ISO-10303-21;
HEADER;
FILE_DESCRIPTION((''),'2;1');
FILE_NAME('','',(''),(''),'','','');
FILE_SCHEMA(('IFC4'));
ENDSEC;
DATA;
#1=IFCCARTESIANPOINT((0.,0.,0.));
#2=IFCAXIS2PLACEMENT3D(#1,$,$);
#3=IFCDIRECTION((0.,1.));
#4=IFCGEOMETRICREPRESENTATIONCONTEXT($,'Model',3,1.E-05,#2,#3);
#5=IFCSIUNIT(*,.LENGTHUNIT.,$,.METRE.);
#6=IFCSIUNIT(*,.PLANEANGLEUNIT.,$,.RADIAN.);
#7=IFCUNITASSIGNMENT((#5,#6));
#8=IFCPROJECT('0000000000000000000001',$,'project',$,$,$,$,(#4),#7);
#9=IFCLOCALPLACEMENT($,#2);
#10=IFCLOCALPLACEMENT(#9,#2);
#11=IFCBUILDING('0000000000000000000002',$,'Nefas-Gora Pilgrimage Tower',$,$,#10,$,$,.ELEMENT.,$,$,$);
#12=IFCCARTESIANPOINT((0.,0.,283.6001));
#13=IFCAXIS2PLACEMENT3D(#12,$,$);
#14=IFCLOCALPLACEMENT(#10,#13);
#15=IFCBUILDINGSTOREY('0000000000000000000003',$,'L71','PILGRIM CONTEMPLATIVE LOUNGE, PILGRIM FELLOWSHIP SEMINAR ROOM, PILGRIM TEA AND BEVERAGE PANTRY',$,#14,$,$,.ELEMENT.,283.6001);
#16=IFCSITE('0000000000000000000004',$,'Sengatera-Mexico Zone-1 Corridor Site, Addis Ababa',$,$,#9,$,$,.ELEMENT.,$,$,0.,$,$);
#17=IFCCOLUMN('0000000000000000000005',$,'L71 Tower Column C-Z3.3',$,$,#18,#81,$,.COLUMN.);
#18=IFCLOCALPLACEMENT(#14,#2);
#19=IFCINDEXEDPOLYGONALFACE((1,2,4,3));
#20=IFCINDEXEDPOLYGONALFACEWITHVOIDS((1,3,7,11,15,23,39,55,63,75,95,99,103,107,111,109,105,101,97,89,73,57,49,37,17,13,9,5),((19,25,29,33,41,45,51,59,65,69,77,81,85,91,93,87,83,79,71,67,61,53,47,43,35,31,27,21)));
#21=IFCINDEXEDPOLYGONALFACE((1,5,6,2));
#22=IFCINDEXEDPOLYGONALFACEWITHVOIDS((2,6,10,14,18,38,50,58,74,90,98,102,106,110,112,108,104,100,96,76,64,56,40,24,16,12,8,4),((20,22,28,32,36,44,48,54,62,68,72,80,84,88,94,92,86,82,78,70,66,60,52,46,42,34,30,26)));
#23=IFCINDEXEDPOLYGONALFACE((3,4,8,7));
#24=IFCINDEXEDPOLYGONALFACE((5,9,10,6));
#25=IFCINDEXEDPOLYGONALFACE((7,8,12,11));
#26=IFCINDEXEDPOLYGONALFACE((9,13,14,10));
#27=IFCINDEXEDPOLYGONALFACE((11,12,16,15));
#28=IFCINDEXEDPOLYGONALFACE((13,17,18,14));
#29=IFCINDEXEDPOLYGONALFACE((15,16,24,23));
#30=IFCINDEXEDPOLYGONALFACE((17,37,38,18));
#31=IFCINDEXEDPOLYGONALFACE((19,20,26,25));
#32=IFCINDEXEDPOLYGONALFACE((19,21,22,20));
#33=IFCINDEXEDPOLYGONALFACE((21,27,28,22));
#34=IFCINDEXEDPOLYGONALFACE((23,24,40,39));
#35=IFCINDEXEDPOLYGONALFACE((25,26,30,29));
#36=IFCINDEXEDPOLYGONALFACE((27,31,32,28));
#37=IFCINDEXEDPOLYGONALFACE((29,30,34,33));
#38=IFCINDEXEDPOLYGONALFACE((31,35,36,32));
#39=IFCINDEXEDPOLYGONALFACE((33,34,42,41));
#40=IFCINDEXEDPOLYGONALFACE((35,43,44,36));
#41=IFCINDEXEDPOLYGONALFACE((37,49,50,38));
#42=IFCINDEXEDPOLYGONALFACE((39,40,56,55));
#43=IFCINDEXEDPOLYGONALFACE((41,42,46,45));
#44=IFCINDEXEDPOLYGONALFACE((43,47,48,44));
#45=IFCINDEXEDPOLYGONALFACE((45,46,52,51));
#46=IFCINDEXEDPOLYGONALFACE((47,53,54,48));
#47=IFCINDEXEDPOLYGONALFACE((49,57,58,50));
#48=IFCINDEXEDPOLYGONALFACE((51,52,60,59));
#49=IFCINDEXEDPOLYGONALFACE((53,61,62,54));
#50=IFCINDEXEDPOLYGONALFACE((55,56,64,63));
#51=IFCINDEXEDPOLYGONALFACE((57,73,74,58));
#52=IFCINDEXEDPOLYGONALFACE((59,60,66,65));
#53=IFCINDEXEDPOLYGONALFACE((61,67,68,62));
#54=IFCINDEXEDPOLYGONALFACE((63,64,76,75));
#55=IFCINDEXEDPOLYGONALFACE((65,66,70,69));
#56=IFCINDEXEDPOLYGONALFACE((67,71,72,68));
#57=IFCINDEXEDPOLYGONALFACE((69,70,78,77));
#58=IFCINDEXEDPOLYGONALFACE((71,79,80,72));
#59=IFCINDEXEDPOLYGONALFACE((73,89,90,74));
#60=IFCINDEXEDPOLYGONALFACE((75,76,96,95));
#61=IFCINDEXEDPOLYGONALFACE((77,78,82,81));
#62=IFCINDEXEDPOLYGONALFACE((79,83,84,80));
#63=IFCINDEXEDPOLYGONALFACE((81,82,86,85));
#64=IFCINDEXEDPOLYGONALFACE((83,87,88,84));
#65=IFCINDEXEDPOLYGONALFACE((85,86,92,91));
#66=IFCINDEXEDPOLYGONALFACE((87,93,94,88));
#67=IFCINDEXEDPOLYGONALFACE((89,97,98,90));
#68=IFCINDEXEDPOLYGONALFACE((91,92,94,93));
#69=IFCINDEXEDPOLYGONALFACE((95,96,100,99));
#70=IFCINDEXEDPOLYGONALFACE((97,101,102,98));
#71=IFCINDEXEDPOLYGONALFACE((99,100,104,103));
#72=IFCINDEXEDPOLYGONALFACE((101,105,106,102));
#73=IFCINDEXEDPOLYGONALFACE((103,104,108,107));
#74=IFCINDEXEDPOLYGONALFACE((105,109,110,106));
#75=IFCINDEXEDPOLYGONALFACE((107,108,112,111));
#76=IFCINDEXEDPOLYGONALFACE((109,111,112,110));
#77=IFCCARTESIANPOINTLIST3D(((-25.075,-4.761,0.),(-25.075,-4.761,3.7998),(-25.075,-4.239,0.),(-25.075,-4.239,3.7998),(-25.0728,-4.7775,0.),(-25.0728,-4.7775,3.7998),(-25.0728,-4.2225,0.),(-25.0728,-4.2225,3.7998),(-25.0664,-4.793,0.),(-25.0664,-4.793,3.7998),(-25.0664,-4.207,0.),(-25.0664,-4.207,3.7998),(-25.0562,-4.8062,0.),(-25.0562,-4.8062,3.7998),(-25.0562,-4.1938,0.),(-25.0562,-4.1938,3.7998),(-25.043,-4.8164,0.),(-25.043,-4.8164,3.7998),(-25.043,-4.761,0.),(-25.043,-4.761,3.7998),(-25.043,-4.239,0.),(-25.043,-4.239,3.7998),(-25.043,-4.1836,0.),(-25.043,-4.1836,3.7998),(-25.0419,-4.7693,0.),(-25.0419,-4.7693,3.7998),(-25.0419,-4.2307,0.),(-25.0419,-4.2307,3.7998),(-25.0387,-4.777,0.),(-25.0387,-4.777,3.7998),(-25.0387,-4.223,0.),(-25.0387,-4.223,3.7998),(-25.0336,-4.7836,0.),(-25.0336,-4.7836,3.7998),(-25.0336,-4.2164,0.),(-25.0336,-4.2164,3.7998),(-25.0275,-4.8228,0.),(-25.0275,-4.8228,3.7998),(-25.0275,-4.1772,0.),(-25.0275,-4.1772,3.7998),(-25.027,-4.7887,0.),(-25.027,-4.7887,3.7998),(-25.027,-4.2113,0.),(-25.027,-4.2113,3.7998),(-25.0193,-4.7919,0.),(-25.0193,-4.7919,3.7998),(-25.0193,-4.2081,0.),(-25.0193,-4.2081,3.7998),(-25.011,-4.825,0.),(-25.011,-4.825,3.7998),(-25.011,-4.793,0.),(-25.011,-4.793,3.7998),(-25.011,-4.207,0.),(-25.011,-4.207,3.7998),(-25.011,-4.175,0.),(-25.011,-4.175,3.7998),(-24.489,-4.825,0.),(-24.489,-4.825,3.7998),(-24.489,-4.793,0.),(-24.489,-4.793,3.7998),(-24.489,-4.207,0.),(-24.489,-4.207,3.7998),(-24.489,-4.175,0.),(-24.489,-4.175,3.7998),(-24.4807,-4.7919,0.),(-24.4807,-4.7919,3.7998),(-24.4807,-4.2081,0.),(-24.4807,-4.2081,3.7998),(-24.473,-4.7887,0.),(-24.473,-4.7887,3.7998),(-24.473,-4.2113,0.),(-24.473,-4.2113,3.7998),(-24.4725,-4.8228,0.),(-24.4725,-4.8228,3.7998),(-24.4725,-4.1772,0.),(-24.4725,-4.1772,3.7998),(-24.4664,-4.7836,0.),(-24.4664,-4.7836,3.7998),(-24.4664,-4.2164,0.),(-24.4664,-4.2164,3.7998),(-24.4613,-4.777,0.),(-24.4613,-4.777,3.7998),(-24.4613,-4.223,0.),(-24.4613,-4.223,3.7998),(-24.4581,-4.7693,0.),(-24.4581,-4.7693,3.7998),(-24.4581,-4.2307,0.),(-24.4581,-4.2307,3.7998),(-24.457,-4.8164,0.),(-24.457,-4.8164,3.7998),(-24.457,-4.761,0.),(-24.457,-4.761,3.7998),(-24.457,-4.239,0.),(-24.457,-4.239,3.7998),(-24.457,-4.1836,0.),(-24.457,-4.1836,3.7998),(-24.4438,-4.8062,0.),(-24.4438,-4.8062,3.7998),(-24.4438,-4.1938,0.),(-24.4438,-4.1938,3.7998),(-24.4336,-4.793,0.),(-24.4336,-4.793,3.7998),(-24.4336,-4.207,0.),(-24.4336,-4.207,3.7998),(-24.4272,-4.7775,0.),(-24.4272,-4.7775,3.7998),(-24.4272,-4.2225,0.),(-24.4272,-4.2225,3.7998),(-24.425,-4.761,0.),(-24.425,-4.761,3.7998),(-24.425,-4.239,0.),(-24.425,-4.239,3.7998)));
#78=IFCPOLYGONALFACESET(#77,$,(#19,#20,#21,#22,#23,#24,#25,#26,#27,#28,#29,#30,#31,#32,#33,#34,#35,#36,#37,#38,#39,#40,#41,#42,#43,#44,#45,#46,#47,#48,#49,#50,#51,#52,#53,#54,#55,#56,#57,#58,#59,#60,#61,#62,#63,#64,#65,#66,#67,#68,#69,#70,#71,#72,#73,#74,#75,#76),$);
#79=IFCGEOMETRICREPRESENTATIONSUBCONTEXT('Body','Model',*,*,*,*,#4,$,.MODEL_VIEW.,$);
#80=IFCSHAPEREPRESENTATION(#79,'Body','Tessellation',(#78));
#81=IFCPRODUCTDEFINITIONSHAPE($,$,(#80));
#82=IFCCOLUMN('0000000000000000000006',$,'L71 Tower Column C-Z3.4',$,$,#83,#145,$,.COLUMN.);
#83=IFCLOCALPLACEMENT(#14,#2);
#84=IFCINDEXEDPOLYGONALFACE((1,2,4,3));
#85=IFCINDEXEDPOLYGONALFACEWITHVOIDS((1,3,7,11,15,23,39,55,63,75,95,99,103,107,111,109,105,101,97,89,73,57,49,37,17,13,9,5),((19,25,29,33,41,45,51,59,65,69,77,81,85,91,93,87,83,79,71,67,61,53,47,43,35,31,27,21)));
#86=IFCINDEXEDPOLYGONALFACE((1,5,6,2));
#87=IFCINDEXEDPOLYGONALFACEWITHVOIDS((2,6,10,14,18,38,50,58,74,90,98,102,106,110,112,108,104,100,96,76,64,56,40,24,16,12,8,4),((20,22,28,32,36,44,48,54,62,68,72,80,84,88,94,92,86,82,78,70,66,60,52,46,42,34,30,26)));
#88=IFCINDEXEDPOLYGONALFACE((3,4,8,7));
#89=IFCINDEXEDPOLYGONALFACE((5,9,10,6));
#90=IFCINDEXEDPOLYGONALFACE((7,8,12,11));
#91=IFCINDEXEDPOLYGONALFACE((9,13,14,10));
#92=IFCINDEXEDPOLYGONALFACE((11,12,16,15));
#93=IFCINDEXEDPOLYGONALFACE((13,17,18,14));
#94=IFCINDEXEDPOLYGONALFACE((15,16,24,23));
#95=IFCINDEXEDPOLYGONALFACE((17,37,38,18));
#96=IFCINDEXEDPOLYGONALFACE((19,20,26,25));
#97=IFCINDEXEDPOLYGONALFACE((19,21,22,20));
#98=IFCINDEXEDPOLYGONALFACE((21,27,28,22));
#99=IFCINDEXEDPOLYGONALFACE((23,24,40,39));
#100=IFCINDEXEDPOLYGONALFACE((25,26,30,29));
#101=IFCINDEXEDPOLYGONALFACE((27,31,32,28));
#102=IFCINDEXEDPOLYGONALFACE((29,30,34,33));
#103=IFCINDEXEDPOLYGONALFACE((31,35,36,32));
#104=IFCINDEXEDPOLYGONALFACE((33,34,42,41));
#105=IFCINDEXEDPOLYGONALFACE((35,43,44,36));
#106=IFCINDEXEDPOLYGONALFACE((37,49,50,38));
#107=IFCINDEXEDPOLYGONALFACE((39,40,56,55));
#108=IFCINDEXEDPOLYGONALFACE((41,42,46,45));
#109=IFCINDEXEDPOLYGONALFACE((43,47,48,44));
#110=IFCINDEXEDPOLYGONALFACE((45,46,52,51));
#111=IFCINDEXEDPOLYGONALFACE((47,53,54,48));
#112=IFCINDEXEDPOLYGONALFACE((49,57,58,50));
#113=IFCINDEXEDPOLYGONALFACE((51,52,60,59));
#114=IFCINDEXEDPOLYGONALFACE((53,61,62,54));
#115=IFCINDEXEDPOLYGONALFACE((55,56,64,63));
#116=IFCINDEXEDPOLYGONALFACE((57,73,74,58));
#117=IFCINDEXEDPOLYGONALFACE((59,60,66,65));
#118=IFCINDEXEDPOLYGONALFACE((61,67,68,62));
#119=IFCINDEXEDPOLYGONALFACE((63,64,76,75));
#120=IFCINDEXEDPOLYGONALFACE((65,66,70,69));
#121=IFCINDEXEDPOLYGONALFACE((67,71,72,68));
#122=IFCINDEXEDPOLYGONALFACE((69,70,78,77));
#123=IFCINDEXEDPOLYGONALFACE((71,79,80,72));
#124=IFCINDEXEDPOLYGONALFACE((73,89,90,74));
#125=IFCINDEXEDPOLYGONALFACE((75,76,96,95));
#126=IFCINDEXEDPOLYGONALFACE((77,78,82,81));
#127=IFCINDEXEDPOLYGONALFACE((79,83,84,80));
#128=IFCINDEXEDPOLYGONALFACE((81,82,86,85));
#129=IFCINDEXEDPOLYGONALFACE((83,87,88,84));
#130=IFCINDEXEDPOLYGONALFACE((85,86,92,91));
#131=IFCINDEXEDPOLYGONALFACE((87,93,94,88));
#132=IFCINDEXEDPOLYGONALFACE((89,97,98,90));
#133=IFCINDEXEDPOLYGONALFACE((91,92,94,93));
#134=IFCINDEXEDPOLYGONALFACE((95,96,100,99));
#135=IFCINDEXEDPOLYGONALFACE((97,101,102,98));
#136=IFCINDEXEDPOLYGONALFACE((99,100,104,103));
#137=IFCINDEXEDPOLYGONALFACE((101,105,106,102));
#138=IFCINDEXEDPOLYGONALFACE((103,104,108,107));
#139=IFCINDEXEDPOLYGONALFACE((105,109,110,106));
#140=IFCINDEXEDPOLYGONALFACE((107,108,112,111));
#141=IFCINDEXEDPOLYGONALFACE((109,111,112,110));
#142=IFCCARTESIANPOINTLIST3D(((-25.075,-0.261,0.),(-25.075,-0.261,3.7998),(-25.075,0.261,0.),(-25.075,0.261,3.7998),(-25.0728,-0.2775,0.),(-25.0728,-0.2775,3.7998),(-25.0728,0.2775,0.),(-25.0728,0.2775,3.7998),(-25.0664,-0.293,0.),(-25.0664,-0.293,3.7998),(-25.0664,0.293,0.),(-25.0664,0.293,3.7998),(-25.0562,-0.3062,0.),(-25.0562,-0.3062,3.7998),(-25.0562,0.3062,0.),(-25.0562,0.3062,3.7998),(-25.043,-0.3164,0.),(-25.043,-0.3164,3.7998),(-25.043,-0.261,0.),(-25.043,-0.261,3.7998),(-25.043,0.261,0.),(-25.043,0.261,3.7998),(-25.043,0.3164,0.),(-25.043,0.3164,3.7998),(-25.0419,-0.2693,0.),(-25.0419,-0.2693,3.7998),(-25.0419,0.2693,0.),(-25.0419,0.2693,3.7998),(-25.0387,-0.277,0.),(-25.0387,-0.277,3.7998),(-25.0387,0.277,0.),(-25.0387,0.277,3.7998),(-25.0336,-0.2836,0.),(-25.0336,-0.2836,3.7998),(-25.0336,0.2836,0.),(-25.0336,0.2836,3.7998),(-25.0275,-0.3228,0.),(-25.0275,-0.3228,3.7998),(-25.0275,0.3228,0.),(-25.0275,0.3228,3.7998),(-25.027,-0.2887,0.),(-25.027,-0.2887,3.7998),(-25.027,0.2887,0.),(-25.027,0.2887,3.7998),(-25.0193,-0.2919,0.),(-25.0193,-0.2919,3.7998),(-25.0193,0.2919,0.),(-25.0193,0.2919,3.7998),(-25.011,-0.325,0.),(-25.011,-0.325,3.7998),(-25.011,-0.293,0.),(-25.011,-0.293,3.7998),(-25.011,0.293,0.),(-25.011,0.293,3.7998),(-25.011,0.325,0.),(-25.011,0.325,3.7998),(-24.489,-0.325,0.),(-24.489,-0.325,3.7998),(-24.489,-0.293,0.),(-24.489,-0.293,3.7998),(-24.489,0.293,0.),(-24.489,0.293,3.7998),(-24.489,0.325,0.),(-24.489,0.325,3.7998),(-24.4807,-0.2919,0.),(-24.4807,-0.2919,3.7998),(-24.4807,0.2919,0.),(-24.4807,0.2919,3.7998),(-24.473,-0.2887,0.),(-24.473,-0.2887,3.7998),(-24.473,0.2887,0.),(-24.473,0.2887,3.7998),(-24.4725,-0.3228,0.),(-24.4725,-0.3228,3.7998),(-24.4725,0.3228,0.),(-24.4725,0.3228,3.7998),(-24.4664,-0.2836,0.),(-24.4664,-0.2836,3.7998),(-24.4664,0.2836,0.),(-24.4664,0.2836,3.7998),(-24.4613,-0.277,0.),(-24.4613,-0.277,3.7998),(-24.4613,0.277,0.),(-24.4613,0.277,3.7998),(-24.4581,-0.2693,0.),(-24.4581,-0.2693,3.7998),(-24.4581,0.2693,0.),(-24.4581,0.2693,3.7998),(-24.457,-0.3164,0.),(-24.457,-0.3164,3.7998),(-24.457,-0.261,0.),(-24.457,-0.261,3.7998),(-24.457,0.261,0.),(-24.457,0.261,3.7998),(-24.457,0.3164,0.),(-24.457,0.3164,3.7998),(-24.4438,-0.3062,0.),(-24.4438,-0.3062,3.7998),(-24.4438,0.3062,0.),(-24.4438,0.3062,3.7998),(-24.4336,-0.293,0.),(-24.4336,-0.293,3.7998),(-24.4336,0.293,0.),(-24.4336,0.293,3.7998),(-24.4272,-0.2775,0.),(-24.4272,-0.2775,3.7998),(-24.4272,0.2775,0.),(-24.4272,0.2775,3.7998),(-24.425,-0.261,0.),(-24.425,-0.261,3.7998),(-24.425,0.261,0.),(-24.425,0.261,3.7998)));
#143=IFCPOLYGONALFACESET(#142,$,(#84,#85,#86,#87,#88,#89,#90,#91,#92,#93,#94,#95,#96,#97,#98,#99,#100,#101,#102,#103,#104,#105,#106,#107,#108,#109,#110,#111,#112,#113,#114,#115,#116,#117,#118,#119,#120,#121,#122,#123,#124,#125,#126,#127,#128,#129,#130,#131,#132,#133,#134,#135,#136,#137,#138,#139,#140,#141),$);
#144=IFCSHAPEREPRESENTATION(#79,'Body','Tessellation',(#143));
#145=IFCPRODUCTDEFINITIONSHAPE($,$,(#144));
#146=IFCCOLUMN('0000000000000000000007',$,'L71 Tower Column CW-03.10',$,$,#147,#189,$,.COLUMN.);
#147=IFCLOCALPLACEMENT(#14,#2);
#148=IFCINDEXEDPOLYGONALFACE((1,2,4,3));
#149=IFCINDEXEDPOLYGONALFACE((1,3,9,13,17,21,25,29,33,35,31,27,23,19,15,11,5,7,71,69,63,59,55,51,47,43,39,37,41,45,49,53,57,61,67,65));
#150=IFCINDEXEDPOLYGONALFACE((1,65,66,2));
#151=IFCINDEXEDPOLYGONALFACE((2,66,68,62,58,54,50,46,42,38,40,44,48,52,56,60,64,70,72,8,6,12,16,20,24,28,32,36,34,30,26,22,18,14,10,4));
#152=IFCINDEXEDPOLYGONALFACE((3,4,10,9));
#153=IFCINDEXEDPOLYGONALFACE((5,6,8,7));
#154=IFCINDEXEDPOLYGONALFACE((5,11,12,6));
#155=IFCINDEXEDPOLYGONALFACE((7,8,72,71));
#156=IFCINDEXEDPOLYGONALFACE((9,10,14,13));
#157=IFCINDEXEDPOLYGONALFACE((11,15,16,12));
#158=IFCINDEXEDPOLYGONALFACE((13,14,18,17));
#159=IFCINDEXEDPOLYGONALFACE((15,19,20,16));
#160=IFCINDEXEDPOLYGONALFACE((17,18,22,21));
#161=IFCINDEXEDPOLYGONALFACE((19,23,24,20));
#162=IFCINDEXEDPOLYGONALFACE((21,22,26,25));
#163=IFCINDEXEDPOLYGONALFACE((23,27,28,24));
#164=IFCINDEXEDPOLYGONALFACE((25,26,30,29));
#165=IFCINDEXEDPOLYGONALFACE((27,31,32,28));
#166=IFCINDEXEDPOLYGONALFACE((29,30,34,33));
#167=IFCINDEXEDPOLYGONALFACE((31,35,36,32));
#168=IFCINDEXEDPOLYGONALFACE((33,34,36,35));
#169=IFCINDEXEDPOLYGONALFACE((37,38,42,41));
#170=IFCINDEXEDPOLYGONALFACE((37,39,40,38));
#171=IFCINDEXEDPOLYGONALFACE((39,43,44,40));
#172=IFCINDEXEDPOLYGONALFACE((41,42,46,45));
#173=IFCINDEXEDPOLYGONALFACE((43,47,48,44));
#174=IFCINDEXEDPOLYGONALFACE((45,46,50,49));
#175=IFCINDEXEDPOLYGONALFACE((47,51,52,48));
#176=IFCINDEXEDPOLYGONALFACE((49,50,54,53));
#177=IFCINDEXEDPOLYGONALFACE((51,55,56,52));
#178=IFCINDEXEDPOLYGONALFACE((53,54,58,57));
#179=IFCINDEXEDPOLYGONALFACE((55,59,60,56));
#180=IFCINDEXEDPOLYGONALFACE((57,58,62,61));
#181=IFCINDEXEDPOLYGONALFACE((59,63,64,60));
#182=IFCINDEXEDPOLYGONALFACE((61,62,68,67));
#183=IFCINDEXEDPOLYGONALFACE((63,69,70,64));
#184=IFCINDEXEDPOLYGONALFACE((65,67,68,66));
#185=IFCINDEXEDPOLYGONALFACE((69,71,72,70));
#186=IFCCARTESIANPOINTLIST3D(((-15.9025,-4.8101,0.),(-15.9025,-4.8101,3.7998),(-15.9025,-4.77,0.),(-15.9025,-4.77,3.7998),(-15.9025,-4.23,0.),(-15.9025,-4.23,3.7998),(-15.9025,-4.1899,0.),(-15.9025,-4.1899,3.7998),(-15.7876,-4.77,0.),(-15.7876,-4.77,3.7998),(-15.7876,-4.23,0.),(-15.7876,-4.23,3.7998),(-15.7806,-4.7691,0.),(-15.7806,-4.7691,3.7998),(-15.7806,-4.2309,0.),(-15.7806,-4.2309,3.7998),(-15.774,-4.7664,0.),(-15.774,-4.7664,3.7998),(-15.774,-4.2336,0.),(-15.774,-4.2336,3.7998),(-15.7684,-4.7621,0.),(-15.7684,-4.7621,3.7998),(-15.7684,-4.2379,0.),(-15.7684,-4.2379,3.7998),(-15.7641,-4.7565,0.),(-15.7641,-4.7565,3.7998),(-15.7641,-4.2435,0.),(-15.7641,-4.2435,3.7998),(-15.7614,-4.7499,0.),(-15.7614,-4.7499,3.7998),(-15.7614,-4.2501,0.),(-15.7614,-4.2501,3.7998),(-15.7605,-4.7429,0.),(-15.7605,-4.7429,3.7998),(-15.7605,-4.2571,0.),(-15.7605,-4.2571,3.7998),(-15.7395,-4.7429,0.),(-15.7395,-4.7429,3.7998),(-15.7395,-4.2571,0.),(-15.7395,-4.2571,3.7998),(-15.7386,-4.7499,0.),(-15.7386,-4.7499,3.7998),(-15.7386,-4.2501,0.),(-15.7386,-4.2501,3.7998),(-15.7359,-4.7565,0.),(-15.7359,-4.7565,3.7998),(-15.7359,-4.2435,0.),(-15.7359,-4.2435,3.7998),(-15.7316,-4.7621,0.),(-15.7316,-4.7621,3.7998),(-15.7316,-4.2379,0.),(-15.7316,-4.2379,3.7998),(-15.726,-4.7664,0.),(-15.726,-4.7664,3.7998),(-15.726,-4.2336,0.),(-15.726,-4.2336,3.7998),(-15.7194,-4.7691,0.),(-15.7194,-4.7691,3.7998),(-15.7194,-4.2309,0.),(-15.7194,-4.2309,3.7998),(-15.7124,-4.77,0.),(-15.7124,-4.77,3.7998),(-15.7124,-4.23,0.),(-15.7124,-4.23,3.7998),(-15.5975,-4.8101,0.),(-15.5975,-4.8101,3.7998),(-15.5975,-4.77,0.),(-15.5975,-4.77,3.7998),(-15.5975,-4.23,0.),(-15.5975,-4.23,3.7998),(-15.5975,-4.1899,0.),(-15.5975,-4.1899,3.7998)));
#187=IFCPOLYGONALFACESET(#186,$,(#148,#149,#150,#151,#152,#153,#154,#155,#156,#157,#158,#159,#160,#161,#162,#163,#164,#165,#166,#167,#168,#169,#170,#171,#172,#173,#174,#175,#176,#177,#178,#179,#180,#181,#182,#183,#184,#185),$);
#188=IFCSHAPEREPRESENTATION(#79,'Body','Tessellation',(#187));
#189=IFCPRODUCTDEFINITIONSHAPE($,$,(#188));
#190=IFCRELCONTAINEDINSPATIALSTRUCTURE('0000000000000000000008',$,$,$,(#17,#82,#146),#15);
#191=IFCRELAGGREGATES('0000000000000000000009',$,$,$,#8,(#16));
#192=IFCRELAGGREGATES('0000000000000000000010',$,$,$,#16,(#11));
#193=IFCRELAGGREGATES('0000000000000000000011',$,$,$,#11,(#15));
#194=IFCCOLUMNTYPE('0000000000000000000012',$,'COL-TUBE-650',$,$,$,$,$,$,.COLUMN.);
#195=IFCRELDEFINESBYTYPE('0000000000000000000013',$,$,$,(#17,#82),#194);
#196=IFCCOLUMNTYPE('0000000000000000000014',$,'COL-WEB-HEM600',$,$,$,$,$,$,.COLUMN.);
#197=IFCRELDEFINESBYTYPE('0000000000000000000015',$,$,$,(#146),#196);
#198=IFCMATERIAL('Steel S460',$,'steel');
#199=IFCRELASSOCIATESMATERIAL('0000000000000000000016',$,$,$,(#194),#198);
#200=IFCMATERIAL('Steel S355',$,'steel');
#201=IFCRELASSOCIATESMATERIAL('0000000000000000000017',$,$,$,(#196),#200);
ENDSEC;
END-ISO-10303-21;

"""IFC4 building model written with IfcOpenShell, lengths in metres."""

from ifc_helpers import new_model, si_unit, direction, frame, origin, origin_2d, place, context, subcontext, project, spatial, hollow_rectangle, i_section, extrude, source, transform, mapped, material, material_profile, profile_set, type_object, element, save


model = new_model("IFC4")

# Units and contexts
model_context = context("Model", 3, precision=1e-05, world=origin(), true_north=direction((0.0, 1.0)))
body_context = subcontext(model_context, "Body", "Model", "MODEL_VIEW")
ifc_project = project(units=[si_unit("LENGTHUNIT", "METRE"), si_unit("PLANEANGLEUNIT", "RADIAN")], contexts=[model_context])

# Site, building, storey
site_placement = place(None, origin())
site = spatial("IfcSite", under=ifc_project, at=site_placement, Name="Sengatera-Mexico Zone-1 Corridor Site, Addis Ababa", CompositionType="ELEMENT", RefElevation=0.0)
building_placement = place(site_placement, origin())
building = spatial("IfcBuilding", under=site, at=building_placement, Name="Nefas-Gora Pilgrimage Tower", CompositionType="ELEMENT")
storey_placement = place(building_placement, frame((0.0, 0.0, 283.6001)))
storey = spatial("IfcBuildingStorey", under=building, at=storey_placement, Name="L71", Description="PILGRIM CONTEMPLATIVE LOUNGE, PILGRIM FELLOWSHIP SEMINAR ROOM, PILGRIM TEA AND BEVERAGE PANTRY", CompositionType="ELEMENT", Elevation=283.6001)

# Columns
ifc_material_1 = material(Name="Steel S460", Category="steel")
ifc_material_profile_1 = material_profile(ifc_material_1, hollow_rectangle(XDim=0.6499, YDim=0.6499, WallThickness=0.032, InnerFilletRadius=0.032, OuterFilletRadius=0.064, at=origin_2d()), Name="BOX 650x650x32")
ifc_profile_set_1 = profile_set([ifc_material_profile_1], Name="Steel S460")
column_type_1 = type_object("IfcColumnType", Name="COL-TUBE-650", PredefinedType="COLUMN", material=ifc_profile_set_1)
shared_shape_1 = source(origin(), body_context, "Body", "SweptSolid", [
    extrude(hollow_rectangle(XDim=0.6499, YDim=0.6499, WallThickness=0.032, InnerFilletRadius=0.032, OuterFilletRadius=0.064, at=origin_2d()), origin(), (0.0, 0.0, 1.0), 3.7998),
])
for number, where, z_axis, x_axis, name in (
    (1, (-24.75, -4.5, 0.0), (0.0, 0.0, 1.0), (1.0, 0.0, 0.0), "L71 Tower Column C-Z3.3"),
    (2, (-24.75, 0.0, 0.0), (0.0, 0.0, 1.0), (1.0, 0.0, 0.0), "L71 Tower Column C-Z3.4"),
):
    element("IfcColumn", number, at=place(storey_placement, frame(where, z_axis=z_axis, x_axis=x_axis)), inside=storey, type_object=column_type_1, Name=name, PredefinedType="COLUMN", context=body_context, shape_type="MappedRepresentation", body=[
        mapped(shared_shape_1, transform((0.0, 0.0, 0.0), x_axis=(1.0, 0.0, 0.0), y_axis=(0.0, 1.0, 0.0), z_axis=(0.0, 0.0, 1.0), scale=1.0)),
    ])
ifc_material_2 = material(Name="Steel S355", Category="steel")
ifc_material_profile_2 = material_profile(ifc_material_2, i_section(OverallWidth=0.3049, OverallDepth=0.6201, WebThickness=0.021, FlangeThickness=0.04, FilletRadius=0.0271, at=origin_2d()), Name="HEM 600")
ifc_profile_set_2 = profile_set([ifc_material_profile_2], Name="Steel S355")
column_type_2 = type_object("IfcColumnType", Name="COL-WEB-HEM600", PredefinedType="COLUMN", material=ifc_profile_set_2)
shared_shape_2 = source(origin(), body_context, "Body", "SweptSolid", [
    extrude(i_section(OverallWidth=0.3049, OverallDepth=0.6201, WebThickness=0.021, FlangeThickness=0.04, FilletRadius=0.0271, at=origin_2d()), origin(), (0.0, 0.0, 1.0), 3.7998),
])
for number, where, z_axis, x_axis, name in (
    (3, (-15.75, -4.5, 0.0), (0.0, 0.0, 1.0), (1.0, 0.0, 0.0), "L71 Tower Column CW-03.10"),
):
    element("IfcColumn", number, at=place(storey_placement, frame(where, z_axis=z_axis, x_axis=x_axis)), inside=storey, type_object=column_type_2, Name=name, PredefinedType="COLUMN", context=body_context, shape_type="MappedRepresentation", body=[
        mapped(shared_shape_2, transform((0.0, 0.0, 0.0), x_axis=(1.0, 0.0, 0.0), y_axis=(0.0, 1.0, 0.0), z_axis=(0.0, 0.0, 1.0), scale=1.0)),
    ])

save(model, "model.ifc")
